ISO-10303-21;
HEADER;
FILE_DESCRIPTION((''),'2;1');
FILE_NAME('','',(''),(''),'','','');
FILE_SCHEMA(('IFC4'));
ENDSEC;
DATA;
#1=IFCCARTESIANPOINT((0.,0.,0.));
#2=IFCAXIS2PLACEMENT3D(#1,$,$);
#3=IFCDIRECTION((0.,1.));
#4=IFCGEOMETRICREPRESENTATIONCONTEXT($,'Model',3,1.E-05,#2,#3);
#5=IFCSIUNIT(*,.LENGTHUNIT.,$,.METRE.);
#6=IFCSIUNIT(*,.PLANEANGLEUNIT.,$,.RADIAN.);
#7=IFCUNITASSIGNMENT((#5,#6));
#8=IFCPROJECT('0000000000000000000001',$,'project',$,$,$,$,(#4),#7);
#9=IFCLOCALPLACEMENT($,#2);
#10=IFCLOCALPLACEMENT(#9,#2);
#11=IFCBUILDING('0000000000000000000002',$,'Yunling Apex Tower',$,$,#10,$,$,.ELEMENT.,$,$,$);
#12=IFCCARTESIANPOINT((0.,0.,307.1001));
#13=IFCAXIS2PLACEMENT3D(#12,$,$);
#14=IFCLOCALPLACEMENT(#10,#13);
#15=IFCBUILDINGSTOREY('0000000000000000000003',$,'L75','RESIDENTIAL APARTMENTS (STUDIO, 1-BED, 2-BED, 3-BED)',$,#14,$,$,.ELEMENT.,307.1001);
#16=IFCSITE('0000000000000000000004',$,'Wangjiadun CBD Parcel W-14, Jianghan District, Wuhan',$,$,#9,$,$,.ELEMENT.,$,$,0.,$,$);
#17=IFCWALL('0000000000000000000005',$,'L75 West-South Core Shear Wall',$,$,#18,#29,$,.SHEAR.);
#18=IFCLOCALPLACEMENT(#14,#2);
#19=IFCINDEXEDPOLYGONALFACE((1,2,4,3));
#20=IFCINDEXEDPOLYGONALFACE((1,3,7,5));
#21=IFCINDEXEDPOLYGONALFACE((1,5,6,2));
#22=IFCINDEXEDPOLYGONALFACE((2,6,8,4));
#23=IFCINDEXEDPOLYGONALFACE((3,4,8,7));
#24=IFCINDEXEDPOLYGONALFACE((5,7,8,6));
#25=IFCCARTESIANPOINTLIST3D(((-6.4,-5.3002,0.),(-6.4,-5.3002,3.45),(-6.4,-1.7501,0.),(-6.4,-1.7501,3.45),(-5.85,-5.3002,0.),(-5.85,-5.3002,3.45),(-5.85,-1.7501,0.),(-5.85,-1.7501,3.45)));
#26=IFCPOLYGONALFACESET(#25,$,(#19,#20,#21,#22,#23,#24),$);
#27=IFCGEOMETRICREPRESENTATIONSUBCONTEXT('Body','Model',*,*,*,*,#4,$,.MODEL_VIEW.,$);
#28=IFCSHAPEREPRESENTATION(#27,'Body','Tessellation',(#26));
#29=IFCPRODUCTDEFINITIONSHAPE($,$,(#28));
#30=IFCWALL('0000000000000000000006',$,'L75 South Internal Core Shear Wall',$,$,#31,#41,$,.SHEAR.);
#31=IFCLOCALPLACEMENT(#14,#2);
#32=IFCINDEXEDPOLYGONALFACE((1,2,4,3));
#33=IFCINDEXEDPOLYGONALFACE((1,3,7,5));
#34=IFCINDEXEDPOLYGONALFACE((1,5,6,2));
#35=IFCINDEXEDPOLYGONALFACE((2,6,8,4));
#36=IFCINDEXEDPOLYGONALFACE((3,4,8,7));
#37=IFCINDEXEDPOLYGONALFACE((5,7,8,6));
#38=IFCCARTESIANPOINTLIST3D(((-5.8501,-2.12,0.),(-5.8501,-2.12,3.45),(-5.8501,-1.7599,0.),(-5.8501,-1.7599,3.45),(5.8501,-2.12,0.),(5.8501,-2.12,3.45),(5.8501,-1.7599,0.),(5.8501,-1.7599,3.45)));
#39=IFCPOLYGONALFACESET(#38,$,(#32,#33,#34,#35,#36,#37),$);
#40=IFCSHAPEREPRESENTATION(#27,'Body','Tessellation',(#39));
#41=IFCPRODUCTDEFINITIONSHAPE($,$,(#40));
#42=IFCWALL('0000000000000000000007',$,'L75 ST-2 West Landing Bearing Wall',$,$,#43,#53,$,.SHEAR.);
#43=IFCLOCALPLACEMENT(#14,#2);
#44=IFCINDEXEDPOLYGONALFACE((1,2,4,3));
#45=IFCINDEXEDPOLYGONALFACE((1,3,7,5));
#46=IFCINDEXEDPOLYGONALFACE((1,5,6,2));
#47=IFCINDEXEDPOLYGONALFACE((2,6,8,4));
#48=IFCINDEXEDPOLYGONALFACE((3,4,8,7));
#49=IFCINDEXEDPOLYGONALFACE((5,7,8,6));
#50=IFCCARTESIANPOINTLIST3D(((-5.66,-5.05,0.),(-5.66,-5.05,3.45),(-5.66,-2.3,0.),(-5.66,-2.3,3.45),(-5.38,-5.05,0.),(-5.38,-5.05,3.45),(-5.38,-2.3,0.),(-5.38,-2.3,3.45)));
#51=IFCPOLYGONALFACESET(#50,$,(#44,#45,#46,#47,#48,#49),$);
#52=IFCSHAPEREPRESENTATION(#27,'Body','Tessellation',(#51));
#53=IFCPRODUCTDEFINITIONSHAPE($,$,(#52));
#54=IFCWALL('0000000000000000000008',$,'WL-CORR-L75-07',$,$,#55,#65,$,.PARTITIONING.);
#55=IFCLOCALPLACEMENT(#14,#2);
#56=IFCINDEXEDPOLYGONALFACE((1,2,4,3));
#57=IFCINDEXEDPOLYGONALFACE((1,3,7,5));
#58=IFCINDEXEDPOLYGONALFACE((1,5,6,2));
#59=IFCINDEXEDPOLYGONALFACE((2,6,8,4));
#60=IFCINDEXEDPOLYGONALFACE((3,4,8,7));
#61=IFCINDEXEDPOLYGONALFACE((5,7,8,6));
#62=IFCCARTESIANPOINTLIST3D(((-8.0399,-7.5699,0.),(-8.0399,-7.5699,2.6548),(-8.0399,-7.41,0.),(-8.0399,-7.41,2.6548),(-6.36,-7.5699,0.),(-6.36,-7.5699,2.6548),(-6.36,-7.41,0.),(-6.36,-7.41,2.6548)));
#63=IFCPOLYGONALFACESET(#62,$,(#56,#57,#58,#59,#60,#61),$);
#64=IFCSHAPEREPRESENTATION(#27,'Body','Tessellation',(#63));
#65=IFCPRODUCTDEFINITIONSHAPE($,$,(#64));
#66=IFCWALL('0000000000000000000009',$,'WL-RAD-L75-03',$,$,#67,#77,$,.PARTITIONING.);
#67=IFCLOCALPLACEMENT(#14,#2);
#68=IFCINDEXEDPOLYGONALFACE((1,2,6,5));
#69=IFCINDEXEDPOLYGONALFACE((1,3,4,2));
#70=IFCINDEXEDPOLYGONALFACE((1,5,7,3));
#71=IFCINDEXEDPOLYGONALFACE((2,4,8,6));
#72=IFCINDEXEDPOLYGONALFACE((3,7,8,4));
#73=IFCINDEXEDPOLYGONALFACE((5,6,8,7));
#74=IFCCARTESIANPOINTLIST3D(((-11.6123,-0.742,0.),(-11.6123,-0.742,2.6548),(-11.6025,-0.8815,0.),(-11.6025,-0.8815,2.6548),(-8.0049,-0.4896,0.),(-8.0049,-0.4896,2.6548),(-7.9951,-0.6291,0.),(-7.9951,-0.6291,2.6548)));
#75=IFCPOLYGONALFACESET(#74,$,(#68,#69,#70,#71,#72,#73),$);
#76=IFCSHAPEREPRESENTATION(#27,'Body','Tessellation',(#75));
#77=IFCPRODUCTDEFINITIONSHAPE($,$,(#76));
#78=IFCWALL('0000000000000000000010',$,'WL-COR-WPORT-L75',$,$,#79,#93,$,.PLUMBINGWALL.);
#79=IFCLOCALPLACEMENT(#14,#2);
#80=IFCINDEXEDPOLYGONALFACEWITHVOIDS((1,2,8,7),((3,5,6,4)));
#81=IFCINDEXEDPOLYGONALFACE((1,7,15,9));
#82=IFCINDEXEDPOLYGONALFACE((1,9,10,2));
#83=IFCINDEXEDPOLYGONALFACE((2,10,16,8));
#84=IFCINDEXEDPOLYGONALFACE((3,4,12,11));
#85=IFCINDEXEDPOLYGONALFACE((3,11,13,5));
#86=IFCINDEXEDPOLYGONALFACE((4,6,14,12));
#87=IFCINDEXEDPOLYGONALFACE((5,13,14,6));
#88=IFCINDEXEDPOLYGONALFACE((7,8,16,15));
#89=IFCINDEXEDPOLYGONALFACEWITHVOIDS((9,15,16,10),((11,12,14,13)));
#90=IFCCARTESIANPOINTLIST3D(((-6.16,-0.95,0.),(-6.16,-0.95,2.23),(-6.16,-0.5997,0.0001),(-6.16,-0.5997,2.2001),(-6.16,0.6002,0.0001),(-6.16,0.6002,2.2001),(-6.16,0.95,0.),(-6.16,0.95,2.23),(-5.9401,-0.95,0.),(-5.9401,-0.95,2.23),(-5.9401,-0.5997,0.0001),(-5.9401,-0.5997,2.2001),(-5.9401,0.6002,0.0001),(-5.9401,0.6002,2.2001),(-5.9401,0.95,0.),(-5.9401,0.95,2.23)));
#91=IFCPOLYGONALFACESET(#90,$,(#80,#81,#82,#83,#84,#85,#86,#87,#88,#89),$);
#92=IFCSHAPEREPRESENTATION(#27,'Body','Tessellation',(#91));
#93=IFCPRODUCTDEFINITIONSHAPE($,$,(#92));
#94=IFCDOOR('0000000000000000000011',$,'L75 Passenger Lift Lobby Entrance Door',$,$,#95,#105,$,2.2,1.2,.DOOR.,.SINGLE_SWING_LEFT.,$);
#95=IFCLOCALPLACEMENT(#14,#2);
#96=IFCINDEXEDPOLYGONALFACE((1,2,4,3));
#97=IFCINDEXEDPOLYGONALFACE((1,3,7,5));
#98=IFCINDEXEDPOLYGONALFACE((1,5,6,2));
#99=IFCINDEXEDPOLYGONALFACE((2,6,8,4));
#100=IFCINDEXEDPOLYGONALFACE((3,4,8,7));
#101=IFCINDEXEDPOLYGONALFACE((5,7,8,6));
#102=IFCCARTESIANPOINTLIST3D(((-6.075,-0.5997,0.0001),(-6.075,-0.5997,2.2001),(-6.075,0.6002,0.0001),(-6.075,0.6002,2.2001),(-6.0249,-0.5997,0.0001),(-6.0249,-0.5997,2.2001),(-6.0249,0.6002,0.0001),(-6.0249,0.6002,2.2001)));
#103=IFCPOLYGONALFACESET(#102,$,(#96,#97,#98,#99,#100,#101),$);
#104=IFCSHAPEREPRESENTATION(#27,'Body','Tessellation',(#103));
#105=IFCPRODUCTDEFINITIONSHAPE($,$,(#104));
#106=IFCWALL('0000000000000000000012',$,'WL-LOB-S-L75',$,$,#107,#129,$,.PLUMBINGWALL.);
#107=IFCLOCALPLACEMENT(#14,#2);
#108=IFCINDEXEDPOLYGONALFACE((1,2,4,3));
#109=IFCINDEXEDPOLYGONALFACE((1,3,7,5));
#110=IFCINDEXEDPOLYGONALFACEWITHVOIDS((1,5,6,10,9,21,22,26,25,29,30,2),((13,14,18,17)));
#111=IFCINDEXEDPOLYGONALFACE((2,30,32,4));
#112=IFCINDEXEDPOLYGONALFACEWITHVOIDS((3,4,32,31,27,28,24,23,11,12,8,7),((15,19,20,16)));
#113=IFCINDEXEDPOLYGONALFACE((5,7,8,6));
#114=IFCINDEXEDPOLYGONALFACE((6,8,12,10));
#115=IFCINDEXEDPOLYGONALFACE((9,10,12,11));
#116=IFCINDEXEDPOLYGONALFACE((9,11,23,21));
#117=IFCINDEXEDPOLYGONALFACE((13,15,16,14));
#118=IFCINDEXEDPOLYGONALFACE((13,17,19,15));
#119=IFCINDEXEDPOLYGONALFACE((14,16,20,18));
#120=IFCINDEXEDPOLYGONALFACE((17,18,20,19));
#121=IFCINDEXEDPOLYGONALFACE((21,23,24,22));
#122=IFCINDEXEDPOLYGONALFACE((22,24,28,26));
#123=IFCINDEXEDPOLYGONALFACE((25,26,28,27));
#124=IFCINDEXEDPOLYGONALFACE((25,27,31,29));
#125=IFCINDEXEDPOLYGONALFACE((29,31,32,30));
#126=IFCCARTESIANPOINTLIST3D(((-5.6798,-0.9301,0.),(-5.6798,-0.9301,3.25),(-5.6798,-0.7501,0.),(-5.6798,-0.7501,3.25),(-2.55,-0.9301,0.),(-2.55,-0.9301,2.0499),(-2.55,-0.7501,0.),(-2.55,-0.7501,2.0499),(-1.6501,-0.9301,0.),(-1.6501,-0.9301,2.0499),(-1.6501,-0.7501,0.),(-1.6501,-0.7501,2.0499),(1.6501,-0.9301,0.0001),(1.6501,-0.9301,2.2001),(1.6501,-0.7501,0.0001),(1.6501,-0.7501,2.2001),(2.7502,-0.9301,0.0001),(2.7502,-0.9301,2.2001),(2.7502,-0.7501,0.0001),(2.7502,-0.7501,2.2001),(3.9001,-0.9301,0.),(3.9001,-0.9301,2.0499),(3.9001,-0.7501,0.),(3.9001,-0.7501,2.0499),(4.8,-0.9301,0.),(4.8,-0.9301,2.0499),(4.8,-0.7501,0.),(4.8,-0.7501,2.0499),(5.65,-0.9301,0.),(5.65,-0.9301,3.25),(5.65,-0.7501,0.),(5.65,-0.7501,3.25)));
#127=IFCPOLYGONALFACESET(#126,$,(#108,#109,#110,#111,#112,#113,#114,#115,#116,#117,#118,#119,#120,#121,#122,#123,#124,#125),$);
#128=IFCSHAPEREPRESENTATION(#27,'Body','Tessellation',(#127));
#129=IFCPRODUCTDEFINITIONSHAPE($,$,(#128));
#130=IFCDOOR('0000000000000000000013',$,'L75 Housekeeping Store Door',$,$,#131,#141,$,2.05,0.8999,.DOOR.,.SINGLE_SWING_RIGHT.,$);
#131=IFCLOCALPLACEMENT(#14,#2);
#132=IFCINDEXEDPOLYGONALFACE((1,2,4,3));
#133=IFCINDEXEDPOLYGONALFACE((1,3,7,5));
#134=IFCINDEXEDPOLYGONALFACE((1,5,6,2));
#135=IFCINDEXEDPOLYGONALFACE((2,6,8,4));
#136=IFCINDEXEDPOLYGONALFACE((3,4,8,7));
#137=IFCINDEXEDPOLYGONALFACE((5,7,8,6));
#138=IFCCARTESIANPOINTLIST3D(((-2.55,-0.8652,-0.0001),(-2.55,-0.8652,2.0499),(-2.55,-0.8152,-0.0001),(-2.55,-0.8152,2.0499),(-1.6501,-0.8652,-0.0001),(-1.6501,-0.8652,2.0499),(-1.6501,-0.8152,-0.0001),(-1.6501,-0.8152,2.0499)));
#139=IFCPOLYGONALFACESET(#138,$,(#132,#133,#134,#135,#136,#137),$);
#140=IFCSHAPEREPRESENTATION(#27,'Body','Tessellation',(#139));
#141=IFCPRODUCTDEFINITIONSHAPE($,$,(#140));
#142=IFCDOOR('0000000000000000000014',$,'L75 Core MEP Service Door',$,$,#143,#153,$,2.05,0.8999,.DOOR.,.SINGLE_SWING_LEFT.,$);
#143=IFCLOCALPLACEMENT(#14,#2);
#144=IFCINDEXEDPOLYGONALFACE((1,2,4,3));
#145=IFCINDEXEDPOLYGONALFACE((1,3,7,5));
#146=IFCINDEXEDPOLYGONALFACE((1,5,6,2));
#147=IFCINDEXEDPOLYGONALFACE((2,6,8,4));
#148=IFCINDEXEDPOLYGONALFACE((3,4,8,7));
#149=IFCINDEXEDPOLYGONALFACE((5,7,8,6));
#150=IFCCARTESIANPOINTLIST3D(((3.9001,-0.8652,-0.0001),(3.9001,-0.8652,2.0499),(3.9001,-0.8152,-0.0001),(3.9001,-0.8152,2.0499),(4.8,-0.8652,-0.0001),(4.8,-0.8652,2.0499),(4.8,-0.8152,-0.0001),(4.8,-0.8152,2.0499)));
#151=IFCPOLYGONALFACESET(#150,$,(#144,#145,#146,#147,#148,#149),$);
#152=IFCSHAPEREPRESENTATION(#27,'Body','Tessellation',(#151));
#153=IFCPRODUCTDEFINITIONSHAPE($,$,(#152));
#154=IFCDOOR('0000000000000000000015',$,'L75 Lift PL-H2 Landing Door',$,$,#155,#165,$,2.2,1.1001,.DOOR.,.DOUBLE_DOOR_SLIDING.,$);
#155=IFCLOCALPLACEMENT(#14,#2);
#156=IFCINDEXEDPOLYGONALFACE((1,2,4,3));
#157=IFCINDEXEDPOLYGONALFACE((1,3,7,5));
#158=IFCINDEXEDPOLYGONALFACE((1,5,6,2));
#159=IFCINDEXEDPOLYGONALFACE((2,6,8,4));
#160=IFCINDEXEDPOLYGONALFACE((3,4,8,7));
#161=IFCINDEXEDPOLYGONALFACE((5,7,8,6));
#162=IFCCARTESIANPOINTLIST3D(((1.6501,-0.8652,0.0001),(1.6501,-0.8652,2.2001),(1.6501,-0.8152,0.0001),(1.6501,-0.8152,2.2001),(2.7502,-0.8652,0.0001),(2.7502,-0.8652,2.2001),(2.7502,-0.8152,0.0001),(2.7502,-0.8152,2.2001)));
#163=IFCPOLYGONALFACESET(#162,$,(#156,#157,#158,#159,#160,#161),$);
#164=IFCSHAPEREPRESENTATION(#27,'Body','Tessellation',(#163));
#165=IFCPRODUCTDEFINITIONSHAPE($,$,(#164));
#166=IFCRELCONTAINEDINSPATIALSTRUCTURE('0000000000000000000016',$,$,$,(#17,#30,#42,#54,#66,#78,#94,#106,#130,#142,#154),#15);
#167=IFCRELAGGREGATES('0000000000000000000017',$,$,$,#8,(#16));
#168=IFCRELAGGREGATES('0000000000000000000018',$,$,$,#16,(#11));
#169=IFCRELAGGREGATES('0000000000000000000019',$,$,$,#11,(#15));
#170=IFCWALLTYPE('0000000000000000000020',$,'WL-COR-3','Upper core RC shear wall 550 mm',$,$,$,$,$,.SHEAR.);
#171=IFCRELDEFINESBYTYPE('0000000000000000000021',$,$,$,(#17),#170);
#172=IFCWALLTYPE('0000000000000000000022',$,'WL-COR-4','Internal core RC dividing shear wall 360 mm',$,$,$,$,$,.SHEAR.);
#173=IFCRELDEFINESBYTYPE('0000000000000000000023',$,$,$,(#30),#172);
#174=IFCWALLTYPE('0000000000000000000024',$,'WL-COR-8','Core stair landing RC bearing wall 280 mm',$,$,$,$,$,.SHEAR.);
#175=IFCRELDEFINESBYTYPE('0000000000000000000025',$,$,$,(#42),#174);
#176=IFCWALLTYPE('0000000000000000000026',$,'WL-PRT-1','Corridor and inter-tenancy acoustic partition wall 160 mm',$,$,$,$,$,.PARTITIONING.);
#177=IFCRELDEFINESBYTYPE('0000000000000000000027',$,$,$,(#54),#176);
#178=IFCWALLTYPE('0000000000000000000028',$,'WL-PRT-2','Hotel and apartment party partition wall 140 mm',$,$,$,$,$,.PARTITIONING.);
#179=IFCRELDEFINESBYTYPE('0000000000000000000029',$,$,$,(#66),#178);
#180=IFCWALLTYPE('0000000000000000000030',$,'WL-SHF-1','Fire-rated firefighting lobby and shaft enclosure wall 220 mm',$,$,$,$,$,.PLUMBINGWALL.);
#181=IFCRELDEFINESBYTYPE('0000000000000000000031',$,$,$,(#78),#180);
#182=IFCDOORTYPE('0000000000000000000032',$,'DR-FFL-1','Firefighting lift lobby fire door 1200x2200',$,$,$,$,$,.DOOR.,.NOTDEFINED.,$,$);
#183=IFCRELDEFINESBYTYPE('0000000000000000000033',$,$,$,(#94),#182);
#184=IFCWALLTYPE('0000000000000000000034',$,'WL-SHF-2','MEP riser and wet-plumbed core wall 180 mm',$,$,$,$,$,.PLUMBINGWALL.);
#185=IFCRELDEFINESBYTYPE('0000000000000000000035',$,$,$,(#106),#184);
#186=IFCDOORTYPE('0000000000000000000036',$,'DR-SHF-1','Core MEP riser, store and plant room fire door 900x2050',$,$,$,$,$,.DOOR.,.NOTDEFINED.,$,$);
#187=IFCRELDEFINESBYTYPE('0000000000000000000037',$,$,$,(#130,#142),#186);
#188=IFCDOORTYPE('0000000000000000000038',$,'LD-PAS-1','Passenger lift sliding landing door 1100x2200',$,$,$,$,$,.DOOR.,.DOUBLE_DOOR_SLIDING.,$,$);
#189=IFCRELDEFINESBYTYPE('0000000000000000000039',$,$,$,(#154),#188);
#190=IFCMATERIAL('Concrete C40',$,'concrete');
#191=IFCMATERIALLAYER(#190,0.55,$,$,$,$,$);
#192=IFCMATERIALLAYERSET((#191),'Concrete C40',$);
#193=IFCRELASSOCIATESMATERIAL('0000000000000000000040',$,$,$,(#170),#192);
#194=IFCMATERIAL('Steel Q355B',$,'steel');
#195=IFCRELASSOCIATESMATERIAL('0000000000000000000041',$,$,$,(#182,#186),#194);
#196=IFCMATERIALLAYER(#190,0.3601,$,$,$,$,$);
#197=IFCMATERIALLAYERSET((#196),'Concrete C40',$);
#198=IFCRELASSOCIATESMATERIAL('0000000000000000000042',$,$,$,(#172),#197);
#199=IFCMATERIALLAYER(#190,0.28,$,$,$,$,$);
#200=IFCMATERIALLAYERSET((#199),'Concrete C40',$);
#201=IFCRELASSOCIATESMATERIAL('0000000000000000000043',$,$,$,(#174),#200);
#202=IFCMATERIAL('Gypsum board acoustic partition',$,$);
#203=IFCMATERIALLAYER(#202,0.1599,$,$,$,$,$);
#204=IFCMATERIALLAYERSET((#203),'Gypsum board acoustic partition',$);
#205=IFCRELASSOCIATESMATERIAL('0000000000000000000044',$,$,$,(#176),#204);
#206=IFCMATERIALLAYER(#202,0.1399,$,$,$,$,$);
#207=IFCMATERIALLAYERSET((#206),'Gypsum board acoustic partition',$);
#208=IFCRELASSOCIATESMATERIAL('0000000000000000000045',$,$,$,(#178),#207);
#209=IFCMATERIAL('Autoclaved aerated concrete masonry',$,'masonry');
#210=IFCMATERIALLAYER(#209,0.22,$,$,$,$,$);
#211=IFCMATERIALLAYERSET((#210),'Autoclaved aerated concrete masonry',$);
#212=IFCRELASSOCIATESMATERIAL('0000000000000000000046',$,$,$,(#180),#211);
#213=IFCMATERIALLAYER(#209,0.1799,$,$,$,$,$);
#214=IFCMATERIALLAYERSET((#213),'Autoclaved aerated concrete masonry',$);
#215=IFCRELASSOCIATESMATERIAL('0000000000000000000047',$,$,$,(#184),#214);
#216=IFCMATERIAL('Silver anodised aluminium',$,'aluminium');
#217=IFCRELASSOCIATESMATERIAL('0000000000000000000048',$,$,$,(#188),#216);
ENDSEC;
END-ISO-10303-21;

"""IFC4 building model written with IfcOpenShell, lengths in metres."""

from ifc_helpers import new_model, si_unit, direction, frame, frame_2d, origin, place, context, subcontext, project, spatial, rectangle, extrude, material, layer, layer_set, type_object, element, fill, save


model = new_model("IFC4")

# Units and contexts
model_context = context("Model", 3, precision=1e-05, world=origin(), true_north=direction((0.0, 1.0)))
body_context = subcontext(model_context, "Body", "Model", "MODEL_VIEW")
ifc_project = project(units=[si_unit("LENGTHUNIT", "METRE"), si_unit("PLANEANGLEUNIT", "RADIAN")], contexts=[model_context])

# Site, building, storey
site_placement = place(None, origin())
site = spatial("IfcSite", under=ifc_project, at=site_placement, Name="Wangjiadun CBD Parcel W-14, Jianghan District, Wuhan", CompositionType="ELEMENT", RefElevation=0.0)
building_placement = place(site_placement, origin())
building = spatial("IfcBuilding", under=site, at=building_placement, Name="Yunling Apex Tower", CompositionType="ELEMENT")
storey_placement = place(building_placement, frame((0.0, 0.0, 307.1001)))
storey = spatial("IfcBuildingStorey", under=building, at=storey_placement, Name="L75", Description="RESIDENTIAL APARTMENTS (STUDIO, 1-BED, 2-BED, 3-BED)", CompositionType="ELEMENT", Elevation=307.1001)

# Shared definitions
ifc_material_1 = material(Name="Steel Q355B", Category="steel")
ifc_material_2 = material(Name="Concrete C40", Category="concrete")

# Shared definitions
ifc_layer_1 = layer(ifc_material_2, 0.55)
ifc_layer_set_1 = layer_set([ifc_layer_1], Name="Concrete C40")
wall_type_1 = type_object("IfcWallType", Name="WL-COR-3", Description="Upper core RC shear wall 550 mm", PredefinedType="SHEAR", material=ifc_layer_set_1)
door_type_1 = type_object("IfcDoorType", Name="DR-FFL-1", Description="Firefighting lift lobby fire door 1200x2200", OperationType="NOTDEFINED", PredefinedType="DOOR", material=ifc_material_1)

# Walls
wall_1_placement = place(storey_placement, frame((-6.125, -5.3, 0.0), z_axis=(0.0, 0.0, 1.0), x_axis=(0.0, 1.0, 0.0)))
element("IfcWall", 1, at=wall_1_placement, inside=storey, type_object=wall_type_1, Name="L75 West-South Core Shear Wall", PredefinedType="SHEAR", context=body_context, shape_type="SweptSolid", body=[
    extrude(rectangle(XDim=3.55, YDim=0.55, at=frame_2d((1.7749, 0.0))), origin(), (0.0, 0.0, 1.0), 3.45),
])
ifc_layer_2 = layer(ifc_material_2, 0.3601)
ifc_layer_set_2 = layer_set([ifc_layer_2], Name="Concrete C40")
wall_type_2 = type_object("IfcWallType", Name="WL-COR-4", Description="Internal core RC dividing shear wall 360 mm", PredefinedType="SHEAR", material=ifc_layer_set_2)
wall_2_placement = place(storey_placement, frame((-5.8501, -1.9399, 0.0), z_axis=(0.0, 0.0, 1.0), x_axis=(1.0, 0.0, 0.0)))
element("IfcWall", 2, at=wall_2_placement, inside=storey, type_object=wall_type_2, Name="L75 South Internal Core Shear Wall", PredefinedType="SHEAR", context=body_context, shape_type="SweptSolid", body=[
    extrude(rectangle(XDim=11.7002, YDim=0.3601, at=frame_2d((5.8501, 0.0))), origin(), (0.0, 0.0, 1.0), 3.45),
])
ifc_layer_3 = layer(ifc_material_2, 0.28)
ifc_layer_set_3 = layer_set([ifc_layer_3], Name="Concrete C40")
wall_type_3 = type_object("IfcWallType", Name="WL-COR-8", Description="Core stair landing RC bearing wall 280 mm", PredefinedType="SHEAR", material=ifc_layer_set_3)
wall_3_placement = place(storey_placement, frame((-5.52, -5.05, 0.0), z_axis=(0.0, 0.0, 1.0), x_axis=(0.0, 1.0, 0.0)))
element("IfcWall", 3, at=wall_3_placement, inside=storey, type_object=wall_type_3, Name="L75 ST-2 West Landing Bearing Wall", PredefinedType="SHEAR", context=body_context, shape_type="SweptSolid", body=[
    extrude(rectangle(XDim=2.75, YDim=0.28, at=frame_2d((1.375, 0.0))), origin(), (0.0, 0.0, 1.0), 3.45),
])
ifc_material_3 = material(Name="Gypsum board acoustic partition")
ifc_layer_4 = layer(ifc_material_3, 0.1599)
ifc_layer_set_4 = layer_set([ifc_layer_4], Name="Gypsum board acoustic partition")
wall_type_4 = type_object("IfcWallType", Name="WL-PRT-1", Description="Corridor and inter-tenancy acoustic partition wall 160 mm", PredefinedType="PARTITIONING", material=ifc_layer_set_4)
wall_4_placement = place(storey_placement, frame((-6.3601, -7.49, 0.0), z_axis=(0.0, 0.0, 1.0), x_axis=(-1.0, 0.0, 0.0)))
element("IfcWall", 4, at=wall_4_placement, inside=storey, type_object=wall_type_4, Name="WL-CORR-L75-07", PredefinedType="PARTITIONING", context=body_context, shape_type="SweptSolid", body=[
    extrude(rectangle(XDim=1.6799, YDim=0.1599, at=frame_2d((0.8398, 0.0))), origin(), (0.0, 0.0, 1.0), 2.6548),
])
ifc_layer_5 = layer(ifc_material_3, 0.1399)
ifc_layer_set_5 = layer_set([ifc_layer_5], Name="Gypsum board acoustic partition")
wall_type_5 = type_object("IfcWallType", Name="WL-PRT-2", Description="Hotel and apartment party partition wall 140 mm", PredefinedType="PARTITIONING", material=ifc_layer_set_5)
wall_5_placement = place(storey_placement, frame((-8.0, -0.5593, 0.0), z_axis=(0.0, 0.0, 1.0), x_axis=(-0.99756, -0.069808, 0.0)))
element("IfcWall", 5, at=wall_5_placement, inside=storey, type_object=wall_type_5, Name="WL-RAD-L75-03", PredefinedType="PARTITIONING", context=body_context, shape_type="SweptSolid", body=[
    extrude(rectangle(XDim=3.6162, YDim=0.1399, at=frame_2d((1.8081, 0.0))), origin(), (0.0, 0.0, 1.0), 2.6548),
])

# Wall, opening, door
ifc_material_4 = material(Name="Autoclaved aerated concrete masonry", Category="masonry")
ifc_layer_6 = layer(ifc_material_4, 0.22)
ifc_layer_set_6 = layer_set([ifc_layer_6], Name="Autoclaved aerated concrete masonry")
wall_type_6 = type_object("IfcWallType", Name="WL-SHF-1", Description="Fire-rated firefighting lobby and shaft enclosure wall 220 mm", PredefinedType="PLUMBINGWALL", material=ifc_layer_set_6)
wall_6_placement = place(storey_placement, frame((-6.05, -0.95, 0.0), z_axis=(0.0, 0.0, 1.0), x_axis=(0.0, 1.0, 0.0)))
wall_6 = element("IfcWall", 6, at=wall_6_placement, inside=storey, type_object=wall_type_6, Name="WL-COR-WPORT-L75", PredefinedType="PLUMBINGWALL", context=body_context, shape_type="SweptSolid", body=[
    extrude(rectangle(XDim=1.8999, YDim=0.22, at=frame_2d((0.95, 0.0))), origin(), (0.0, 0.0, 1.0), 2.23),
])
opening_1_placement = place(wall_6_placement, frame((0.3501, 0.0, 0.0)))
opening_1 = element("IfcOpeningElement", 7, at=opening_1_placement, cuts=wall_6, PredefinedType="OPENING", context=body_context, shape_type="SweptSolid", body=[
    extrude(rectangle(XDim=1.2, YDim=2.2, at=frame_2d((0.6001, 1.1001))), frame((0.0, 0.1201, 0.0), z_axis=(0.0, -1.0, 0.0), x_axis=(1.0, 0.0, 0.0)), (0.0, 0.0, 1.0), 0.24),
])
door_1_placement = place(opening_1_placement, origin())
door_1 = element("IfcDoor", 8, at=door_1_placement, inside=storey, type_object=door_type_1, Name="L75 Passenger Lift Lobby Entrance Door", OperationType="SINGLE_SWING_LEFT", OverallHeight=2.2, OverallWidth=1.2, PredefinedType="DOOR", context=body_context, shape_type="SweptSolid", body=[
    extrude(rectangle(XDim=1.2, YDim=2.2, at=frame_2d((0.6001, 1.1001))), frame((0.0, 0.0249, 0.0), z_axis=(0.0, -1.0, 0.0), x_axis=(1.0, 0.0, 0.0)), (0.0, 0.0, 1.0), 0.05),
])
fill(opening_1, door_1)

# Wall, openings, doors
ifc_layer_7 = layer(ifc_material_4, 0.1799)
ifc_layer_set_7 = layer_set([ifc_layer_7], Name="Autoclaved aerated concrete masonry")
wall_type_7 = type_object("IfcWallType", Name="WL-SHF-2", Description="MEP riser and wet-plumbed core wall 180 mm", PredefinedType="PLUMBINGWALL", material=ifc_layer_set_7)
wall_7_placement = place(storey_placement, frame((-5.6799, -0.8401, 0.0), z_axis=(0.0, 0.0, 1.0), x_axis=(1.0, 0.0, 0.0)))
wall_7 = element("IfcWall", 9, at=wall_7_placement, inside=storey, type_object=wall_type_7, Name="WL-LOB-S-L75", PredefinedType="PLUMBINGWALL", context=body_context, shape_type="SweptSolid", body=[
    extrude(rectangle(XDim=11.3298, YDim=0.1799, at=frame_2d((5.665, 0.0))), origin(), (0.0, 0.0, 1.0), 3.25),
])
opening_2_placement = place(wall_7_placement, frame((3.1299, 0.0, 0.0)))
opening_2 = element("IfcOpeningElement", 10, at=opening_2_placement, cuts=wall_7, PredefinedType="OPENING", context=body_context, shape_type="SweptSolid", body=[
    extrude(rectangle(XDim=0.8999, YDim=2.05, at=frame_2d((0.45, 1.0249))), frame((0.0, 0.1001, 0.0), z_axis=(0.0, -1.0, 0.0), x_axis=(1.0, 0.0, 0.0)), (0.0, 0.0, 1.0), 0.2),
])
opening_3_placement = place(wall_7_placement, frame((7.3301, 0.0, 0.0)))
opening_3 = element("IfcOpeningElement", 11, at=opening_3_placement, cuts=wall_7, PredefinedType="OPENING", context=body_context, shape_type="SweptSolid", body=[
    extrude(rectangle(XDim=1.1001, YDim=2.2, at=frame_2d((0.55, 1.1001))), frame((0.0, 0.1001, 0.0), z_axis=(0.0, -1.0, 0.0), x_axis=(1.0, 0.0, 0.0)), (0.0, 0.0, 1.0), 0.2),
])
opening_4_placement = place(wall_7_placement, frame((9.5801, 0.0, 0.0)))
opening_4 = element("IfcOpeningElement", 12, at=opening_4_placement, cuts=wall_7, PredefinedType="OPENING", context=body_context, shape_type="SweptSolid", body=[
    extrude(rectangle(XDim=0.8999, YDim=2.05, at=frame_2d((0.45, 1.0249))), frame((0.0, 0.1001, 0.0), z_axis=(0.0, -1.0, 0.0), x_axis=(1.0, 0.0, 0.0)), (0.0, 0.0, 1.0), 0.2),
])
door_type_2 = type_object("IfcDoorType", Name="DR-SHF-1", Description="Core MEP riser, store and plant room fire door 900x2050", OperationType="NOTDEFINED", PredefinedType="DOOR", material=ifc_material_1)
door_2_placement = place(opening_2_placement, origin())
door_2 = element("IfcDoor", 13, at=door_2_placement, inside=storey, type_object=door_type_2, Name="L75 Housekeeping Store Door", OperationType="SINGLE_SWING_RIGHT", OverallHeight=2.05, OverallWidth=0.8999, PredefinedType="DOOR", context=body_context, shape_type="SweptSolid", body=[
    extrude(rectangle(XDim=0.8999, YDim=2.05, at=frame_2d((0.45, 1.0249))), frame((0.0, 0.0249, 0.0), z_axis=(0.0, -1.0, 0.0), x_axis=(1.0, 0.0, 0.0)), (0.0, 0.0, 1.0), 0.05),
])
fill(opening_2, door_2)
door_3_placement = place(opening_4_placement, origin())
door_3 = element("IfcDoor", 14, at=door_3_placement, inside=storey, type_object=door_type_2, Name="L75 Core MEP Service Door", OperationType="SINGLE_SWING_LEFT", OverallHeight=2.05, OverallWidth=0.8999, PredefinedType="DOOR", context=body_context, shape_type="SweptSolid", body=[
    extrude(rectangle(XDim=0.8999, YDim=2.05, at=frame_2d((0.45, 1.0249))), frame((0.0, 0.0249, 0.0), z_axis=(0.0, -1.0, 0.0), x_axis=(1.0, 0.0, 0.0)), (0.0, 0.0, 1.0), 0.05),
])
fill(opening_4, door_3)
ifc_material_5 = material(Name="Silver anodised aluminium", Category="aluminium")
door_type_3 = type_object("IfcDoorType", Name="LD-PAS-1", Description="Passenger lift sliding landing door 1100x2200", OperationType="DOUBLE_DOOR_SLIDING", PredefinedType="DOOR", material=ifc_material_5)
door_4_placement = place(opening_3_placement, origin())
door_4 = element("IfcDoor", 15, at=door_4_placement, inside=storey, type_object=door_type_3, Name="L75 Lift PL-H2 Landing Door", OperationType="DOUBLE_DOOR_SLIDING", OverallHeight=2.2, OverallWidth=1.1001, PredefinedType="DOOR", context=body_context, shape_type="SweptSolid", body=[
    extrude(rectangle(XDim=1.1001, YDim=2.2, at=frame_2d((0.55, 1.1001))), frame((0.0, 0.0249, 0.0), z_axis=(0.0, -1.0, 0.0), x_axis=(1.0, 0.0, 0.0)), (0.0, 0.0, 1.0), 0.05),
])
fill(opening_3, door_4)

save(model, "model.ifc")
